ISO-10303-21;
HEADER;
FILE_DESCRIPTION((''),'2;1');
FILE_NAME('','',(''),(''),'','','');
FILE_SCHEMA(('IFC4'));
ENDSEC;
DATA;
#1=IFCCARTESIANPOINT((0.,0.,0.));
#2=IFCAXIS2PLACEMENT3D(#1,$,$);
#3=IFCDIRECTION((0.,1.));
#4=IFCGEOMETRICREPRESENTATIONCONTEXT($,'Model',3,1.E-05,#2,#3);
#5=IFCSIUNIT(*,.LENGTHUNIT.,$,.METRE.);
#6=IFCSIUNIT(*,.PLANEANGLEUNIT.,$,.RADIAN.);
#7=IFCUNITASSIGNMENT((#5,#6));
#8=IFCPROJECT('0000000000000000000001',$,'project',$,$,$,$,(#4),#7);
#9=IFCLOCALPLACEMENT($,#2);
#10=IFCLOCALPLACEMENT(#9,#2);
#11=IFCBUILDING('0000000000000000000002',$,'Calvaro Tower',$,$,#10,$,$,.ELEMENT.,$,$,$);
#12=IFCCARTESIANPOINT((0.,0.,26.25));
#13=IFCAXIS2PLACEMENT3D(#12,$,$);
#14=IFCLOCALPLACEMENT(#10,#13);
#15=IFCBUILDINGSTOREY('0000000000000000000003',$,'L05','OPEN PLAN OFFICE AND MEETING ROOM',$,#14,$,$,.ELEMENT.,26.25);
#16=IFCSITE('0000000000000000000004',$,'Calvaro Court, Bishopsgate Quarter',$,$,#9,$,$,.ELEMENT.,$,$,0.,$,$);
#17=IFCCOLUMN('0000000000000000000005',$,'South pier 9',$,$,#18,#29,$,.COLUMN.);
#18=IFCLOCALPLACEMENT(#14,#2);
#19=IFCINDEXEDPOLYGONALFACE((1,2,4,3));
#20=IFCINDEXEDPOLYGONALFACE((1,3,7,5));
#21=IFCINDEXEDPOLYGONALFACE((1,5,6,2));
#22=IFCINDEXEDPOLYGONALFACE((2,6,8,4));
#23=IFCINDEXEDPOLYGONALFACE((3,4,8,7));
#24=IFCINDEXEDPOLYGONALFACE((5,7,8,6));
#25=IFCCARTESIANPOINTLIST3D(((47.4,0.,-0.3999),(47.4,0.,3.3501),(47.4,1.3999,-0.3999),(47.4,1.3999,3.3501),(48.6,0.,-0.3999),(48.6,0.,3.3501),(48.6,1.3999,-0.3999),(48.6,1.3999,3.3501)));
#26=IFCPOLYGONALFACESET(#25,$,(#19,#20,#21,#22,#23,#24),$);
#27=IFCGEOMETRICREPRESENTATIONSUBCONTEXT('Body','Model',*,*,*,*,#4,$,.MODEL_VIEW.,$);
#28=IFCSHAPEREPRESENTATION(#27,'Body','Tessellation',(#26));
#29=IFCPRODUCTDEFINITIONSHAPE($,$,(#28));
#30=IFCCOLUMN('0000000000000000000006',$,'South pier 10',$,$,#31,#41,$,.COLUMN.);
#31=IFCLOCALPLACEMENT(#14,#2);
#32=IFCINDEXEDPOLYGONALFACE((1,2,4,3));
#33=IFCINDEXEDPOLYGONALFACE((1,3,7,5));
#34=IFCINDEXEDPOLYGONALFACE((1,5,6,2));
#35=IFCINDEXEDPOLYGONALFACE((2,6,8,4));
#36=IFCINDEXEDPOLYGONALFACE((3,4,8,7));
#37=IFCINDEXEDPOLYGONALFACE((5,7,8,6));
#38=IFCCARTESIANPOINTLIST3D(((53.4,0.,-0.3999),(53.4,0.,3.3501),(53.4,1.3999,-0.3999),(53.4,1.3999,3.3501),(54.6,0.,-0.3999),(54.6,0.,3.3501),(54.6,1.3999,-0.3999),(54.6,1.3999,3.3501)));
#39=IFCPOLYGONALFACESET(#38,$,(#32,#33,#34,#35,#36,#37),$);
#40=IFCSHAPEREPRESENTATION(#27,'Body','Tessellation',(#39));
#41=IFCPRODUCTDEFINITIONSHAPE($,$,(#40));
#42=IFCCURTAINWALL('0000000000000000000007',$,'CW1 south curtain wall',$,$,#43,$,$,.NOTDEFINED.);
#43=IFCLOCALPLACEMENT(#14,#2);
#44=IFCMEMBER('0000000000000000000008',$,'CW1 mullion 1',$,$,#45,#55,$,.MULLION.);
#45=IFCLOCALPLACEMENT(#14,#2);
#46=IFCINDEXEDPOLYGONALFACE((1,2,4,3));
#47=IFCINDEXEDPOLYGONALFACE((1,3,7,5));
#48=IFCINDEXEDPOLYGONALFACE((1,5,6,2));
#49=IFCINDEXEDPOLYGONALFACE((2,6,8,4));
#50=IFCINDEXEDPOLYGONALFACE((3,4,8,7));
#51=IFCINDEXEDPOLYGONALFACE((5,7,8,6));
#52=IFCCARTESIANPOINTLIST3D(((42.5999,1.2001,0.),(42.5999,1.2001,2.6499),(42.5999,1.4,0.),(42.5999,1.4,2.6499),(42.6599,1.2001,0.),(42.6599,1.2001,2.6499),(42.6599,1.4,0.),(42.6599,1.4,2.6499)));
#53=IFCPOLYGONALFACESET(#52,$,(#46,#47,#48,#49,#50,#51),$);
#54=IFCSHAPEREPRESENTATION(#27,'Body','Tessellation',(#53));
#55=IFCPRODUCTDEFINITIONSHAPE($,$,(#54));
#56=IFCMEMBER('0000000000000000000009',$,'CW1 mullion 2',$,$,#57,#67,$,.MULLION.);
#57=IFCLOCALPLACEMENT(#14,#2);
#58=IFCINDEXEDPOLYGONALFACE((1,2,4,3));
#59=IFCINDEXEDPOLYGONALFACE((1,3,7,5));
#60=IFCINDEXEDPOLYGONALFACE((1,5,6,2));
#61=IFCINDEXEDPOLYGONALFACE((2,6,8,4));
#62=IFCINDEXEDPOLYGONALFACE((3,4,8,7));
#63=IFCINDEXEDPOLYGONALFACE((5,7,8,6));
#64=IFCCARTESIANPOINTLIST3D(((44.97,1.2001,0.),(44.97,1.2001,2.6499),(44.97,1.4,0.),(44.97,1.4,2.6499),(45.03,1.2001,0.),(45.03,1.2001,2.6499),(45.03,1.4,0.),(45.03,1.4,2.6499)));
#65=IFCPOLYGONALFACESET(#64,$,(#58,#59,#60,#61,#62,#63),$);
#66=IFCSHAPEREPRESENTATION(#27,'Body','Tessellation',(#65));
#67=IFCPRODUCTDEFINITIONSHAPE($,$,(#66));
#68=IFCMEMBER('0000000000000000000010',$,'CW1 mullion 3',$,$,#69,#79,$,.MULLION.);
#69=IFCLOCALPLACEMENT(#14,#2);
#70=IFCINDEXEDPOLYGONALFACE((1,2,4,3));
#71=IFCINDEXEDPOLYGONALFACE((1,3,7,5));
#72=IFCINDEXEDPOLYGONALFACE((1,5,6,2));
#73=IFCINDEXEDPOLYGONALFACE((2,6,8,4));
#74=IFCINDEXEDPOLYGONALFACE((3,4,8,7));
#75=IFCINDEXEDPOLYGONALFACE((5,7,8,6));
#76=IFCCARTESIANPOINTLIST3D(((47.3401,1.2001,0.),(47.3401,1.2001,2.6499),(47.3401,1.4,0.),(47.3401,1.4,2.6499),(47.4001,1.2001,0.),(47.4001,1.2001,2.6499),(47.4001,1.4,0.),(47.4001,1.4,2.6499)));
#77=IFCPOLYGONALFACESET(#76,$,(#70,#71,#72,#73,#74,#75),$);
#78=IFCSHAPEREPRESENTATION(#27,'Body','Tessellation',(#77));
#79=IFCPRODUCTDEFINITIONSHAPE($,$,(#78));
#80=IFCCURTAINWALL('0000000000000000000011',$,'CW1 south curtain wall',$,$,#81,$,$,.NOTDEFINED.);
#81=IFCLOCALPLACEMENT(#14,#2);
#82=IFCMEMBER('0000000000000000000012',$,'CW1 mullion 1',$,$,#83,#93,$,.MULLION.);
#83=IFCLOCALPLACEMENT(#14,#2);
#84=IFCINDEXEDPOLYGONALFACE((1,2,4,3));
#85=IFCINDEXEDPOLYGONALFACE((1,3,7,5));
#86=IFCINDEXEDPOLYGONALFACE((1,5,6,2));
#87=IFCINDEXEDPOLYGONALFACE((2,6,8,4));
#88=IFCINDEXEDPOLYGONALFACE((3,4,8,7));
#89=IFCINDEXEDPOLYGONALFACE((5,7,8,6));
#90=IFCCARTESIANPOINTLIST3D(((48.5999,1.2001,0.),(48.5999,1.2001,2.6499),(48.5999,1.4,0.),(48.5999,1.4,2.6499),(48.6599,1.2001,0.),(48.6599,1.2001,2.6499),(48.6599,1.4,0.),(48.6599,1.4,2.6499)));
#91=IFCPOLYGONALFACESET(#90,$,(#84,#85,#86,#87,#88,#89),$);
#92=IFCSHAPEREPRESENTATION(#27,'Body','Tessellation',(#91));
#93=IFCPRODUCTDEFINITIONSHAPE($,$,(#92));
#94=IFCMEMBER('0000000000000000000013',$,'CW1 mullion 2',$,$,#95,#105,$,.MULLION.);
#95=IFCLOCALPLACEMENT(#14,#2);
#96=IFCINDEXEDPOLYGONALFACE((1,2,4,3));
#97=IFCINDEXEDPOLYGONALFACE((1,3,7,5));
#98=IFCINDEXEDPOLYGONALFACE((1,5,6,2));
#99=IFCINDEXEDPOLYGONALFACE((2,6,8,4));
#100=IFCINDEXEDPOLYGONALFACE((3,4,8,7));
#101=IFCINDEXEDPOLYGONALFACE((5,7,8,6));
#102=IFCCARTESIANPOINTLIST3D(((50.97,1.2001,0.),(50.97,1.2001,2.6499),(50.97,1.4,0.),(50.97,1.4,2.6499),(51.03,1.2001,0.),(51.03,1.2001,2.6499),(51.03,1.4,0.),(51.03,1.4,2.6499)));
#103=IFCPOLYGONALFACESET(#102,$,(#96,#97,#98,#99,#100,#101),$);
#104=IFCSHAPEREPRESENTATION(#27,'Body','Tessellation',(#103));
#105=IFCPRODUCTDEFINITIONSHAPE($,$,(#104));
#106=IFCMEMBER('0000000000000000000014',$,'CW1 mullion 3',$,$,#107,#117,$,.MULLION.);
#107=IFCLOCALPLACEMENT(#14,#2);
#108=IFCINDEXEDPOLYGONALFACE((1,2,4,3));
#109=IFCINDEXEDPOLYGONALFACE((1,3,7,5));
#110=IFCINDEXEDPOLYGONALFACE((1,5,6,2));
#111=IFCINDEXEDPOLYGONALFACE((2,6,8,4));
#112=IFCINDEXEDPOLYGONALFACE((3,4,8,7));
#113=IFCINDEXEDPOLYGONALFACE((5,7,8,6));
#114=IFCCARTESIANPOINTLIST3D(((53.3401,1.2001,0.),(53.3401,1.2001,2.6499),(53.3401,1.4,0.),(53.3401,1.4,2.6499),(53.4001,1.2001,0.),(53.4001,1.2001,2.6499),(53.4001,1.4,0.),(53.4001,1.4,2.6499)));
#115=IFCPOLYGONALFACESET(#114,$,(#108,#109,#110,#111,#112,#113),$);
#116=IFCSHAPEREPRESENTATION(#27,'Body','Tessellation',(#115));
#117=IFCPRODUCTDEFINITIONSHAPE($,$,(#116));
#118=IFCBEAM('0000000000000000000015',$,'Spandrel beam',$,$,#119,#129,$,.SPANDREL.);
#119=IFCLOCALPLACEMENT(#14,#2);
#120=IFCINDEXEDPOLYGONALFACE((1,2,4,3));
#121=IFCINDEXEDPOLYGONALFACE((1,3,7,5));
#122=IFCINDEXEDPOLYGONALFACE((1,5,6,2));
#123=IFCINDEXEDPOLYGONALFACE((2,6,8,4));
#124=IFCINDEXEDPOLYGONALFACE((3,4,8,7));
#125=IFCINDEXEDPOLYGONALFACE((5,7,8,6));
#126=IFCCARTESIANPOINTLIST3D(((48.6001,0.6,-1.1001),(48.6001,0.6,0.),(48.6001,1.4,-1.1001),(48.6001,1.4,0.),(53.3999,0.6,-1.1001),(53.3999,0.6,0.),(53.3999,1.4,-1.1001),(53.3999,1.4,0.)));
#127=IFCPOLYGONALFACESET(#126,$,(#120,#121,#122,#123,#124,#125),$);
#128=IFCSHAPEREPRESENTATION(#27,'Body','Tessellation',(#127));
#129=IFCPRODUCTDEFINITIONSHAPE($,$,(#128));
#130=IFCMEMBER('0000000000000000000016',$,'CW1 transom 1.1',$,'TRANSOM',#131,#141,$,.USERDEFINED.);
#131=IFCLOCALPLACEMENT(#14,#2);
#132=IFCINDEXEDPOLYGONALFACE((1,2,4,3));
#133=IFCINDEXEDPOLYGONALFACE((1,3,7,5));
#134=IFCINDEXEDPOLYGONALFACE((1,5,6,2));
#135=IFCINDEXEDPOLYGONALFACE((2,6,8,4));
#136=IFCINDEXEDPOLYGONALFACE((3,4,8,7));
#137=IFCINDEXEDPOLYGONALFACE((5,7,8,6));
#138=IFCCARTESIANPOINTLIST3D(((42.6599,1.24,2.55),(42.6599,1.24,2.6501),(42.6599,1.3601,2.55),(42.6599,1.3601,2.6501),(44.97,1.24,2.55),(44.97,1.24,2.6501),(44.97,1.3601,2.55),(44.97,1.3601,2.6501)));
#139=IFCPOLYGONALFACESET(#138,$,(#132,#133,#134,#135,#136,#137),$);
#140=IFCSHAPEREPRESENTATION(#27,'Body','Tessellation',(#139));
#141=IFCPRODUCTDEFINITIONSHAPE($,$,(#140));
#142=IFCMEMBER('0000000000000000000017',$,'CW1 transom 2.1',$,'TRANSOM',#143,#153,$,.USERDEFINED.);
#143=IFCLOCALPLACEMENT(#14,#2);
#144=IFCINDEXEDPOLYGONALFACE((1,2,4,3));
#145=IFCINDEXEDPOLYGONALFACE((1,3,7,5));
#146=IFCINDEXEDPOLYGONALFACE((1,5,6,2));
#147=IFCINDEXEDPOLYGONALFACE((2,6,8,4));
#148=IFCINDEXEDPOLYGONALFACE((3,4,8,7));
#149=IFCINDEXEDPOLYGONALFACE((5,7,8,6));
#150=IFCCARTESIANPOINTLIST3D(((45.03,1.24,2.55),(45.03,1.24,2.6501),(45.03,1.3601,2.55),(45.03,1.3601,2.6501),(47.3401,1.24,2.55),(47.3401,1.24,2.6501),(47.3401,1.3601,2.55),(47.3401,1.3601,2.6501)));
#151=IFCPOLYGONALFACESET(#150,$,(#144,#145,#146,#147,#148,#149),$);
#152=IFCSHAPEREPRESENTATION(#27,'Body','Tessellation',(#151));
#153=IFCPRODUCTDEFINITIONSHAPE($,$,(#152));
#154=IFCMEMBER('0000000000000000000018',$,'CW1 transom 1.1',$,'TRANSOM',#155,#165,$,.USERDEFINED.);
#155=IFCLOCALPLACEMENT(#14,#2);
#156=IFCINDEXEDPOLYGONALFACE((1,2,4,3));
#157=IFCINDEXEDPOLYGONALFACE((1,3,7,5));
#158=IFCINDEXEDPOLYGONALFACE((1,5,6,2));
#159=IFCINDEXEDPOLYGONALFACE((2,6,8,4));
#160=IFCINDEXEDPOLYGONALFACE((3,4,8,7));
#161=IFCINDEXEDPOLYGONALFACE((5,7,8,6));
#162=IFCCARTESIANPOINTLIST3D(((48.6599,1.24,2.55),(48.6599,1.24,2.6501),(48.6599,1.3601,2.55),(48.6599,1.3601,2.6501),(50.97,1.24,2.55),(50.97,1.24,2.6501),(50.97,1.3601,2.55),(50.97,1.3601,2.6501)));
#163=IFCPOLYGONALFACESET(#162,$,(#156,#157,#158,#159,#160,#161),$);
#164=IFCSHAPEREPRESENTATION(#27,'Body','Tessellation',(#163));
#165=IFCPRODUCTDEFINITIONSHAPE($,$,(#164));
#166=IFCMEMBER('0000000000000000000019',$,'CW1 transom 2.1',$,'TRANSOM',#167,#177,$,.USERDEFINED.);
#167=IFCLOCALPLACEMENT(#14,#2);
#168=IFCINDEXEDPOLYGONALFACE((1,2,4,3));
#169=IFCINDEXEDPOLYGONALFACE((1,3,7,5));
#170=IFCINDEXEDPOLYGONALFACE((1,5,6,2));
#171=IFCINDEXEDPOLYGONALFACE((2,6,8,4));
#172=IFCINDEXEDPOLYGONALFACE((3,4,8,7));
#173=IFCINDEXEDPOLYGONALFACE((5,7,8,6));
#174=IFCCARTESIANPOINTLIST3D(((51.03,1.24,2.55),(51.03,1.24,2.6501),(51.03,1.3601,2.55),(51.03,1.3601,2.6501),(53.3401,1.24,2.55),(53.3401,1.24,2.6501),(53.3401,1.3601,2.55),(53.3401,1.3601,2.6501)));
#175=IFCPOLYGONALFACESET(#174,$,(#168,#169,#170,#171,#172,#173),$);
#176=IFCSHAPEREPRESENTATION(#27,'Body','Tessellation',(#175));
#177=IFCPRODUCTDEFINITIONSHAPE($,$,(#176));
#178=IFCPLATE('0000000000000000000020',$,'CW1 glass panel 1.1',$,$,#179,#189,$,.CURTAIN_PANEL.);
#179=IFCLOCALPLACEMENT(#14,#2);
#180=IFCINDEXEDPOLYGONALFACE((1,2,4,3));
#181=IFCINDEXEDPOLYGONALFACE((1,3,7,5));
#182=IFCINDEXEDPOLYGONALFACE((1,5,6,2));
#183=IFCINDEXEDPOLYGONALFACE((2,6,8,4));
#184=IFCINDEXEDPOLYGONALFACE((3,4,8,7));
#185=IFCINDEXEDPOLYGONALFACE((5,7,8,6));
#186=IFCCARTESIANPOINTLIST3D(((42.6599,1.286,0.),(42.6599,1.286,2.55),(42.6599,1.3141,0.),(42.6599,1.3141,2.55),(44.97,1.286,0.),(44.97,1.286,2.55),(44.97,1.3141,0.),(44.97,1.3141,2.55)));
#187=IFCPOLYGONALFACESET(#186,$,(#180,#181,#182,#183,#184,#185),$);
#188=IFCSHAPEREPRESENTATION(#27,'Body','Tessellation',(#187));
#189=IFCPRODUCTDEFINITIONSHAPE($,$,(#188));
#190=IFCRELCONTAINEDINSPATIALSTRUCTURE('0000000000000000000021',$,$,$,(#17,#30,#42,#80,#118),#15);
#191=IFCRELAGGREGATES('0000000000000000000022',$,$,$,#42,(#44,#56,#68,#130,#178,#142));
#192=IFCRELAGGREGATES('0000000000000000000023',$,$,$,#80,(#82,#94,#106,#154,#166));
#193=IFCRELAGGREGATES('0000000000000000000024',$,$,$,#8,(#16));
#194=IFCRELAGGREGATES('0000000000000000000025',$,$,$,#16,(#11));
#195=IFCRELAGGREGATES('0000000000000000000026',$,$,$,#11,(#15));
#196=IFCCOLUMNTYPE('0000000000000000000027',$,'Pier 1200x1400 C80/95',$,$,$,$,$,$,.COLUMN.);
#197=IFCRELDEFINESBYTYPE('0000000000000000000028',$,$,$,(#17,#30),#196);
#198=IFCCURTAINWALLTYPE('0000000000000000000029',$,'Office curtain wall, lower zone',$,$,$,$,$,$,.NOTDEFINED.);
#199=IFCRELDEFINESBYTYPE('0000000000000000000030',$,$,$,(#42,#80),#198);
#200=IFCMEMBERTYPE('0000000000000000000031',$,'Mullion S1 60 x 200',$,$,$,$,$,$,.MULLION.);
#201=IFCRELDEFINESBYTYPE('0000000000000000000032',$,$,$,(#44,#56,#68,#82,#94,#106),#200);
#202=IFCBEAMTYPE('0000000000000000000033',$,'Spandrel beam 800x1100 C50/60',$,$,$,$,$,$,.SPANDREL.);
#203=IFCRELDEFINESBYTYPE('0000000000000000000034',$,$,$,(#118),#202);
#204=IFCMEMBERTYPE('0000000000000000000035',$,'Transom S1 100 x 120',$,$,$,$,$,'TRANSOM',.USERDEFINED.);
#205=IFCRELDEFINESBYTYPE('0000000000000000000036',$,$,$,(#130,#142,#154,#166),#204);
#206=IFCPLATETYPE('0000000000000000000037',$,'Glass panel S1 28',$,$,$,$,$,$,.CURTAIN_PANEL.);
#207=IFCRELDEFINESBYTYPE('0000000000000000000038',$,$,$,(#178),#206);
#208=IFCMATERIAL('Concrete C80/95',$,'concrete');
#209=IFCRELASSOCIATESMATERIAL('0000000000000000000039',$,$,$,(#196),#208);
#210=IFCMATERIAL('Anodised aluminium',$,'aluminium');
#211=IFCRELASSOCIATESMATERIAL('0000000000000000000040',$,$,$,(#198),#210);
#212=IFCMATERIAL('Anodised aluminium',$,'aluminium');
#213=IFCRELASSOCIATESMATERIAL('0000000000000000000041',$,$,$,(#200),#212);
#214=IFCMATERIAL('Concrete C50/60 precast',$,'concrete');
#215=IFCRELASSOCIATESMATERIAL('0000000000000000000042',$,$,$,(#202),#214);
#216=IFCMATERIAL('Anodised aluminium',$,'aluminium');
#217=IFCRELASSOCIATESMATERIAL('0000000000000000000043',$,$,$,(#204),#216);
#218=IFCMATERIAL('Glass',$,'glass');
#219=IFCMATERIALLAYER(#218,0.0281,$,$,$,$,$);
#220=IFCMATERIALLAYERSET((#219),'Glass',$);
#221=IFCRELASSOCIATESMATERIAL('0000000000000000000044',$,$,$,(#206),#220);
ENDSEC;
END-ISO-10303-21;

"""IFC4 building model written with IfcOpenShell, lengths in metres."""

from ifc_helpers import new_model, si_unit, direction, frame, origin, origin_2d, place, context, subcontext, project, spatial, rectangle, extrude, material, layer, layer_set, material_profile, profile_set, type_object, element, aggregate, save


model = new_model("IFC4")

# Units and contexts
model_context = context("Model", 3, precision=1e-05, world=origin(), true_north=direction((0.0, 1.0)))
body_context = subcontext(model_context, "Body", "Model", "MODEL_VIEW")
ifc_project = project(units=[si_unit("LENGTHUNIT", "METRE"), si_unit("PLANEANGLEUNIT", "RADIAN")], contexts=[model_context])

# Site, building, storey
site_placement = place(None, origin())
site = spatial("IfcSite", under=ifc_project, at=site_placement, Name="Calvaro Court, Bishopsgate Quarter", CompositionType="ELEMENT", RefElevation=0.0)
building_placement = place(site_placement, origin())
building = spatial("IfcBuilding", under=site, at=building_placement, Name="Calvaro Tower", CompositionType="ELEMENT")
storey_placement = place(building_placement, frame((0.0, 0.0, 26.25)))
storey = spatial("IfcBuildingStorey", under=building, at=storey_placement, Name="L05", Description="OPEN PLAN OFFICE AND MEETING ROOM", CompositionType="ELEMENT", Elevation=26.25)

# Columns
ifc_material_1 = material(Name="Concrete C80/95", Category="concrete")
ifc_material_profile_1 = material_profile(ifc_material_1, rectangle(XDim=1.2, YDim=1.3999, at=origin_2d()), Name="RC 1200x1400")
ifc_profile_set_1 = profile_set([ifc_material_profile_1], Name="Concrete C80/95")
column_type = type_object("IfcColumnType", Name="Pier 1200x1400 C80/95", PredefinedType="COLUMN", material=ifc_profile_set_1)
for number, where, z_axis, x_axis, name in (
    (1, (48.0, 0.7, -0.3999), (0.0, 0.0, 1.0), (1.0, 0.0, 0.0), "South pier 9"),
    (2, (54.0, 0.7, -0.3999), (0.0, 0.0, 1.0), (1.0, 0.0, 0.0), "South pier 10"),
):
    element("IfcColumn", number, at=place(storey_placement, frame(where, z_axis=z_axis, x_axis=x_axis)), inside=storey, type_object=column_type, Name=name, PredefinedType="COLUMN", context=body_context, shape_type="SweptSolid", body=[
        extrude(rectangle(XDim=1.2, YDim=1.3999, at=origin_2d()), origin(), (0.0, 0.0, 1.0), 3.75),
    ])

# Curtain walls, members
ifc_material_2 = material(Name="Anodised aluminium", Category="aluminium")
curtain_wall_type = type_object("IfcCurtainWallType", Name="Office curtain wall, lower zone", PredefinedType="NOTDEFINED", material=ifc_material_2)
curtain_wall_1_placement = place(storey_placement, origin())
curtain_wall_1 = element("IfcCurtainWall", 3, at=curtain_wall_1_placement, inside=storey, type_object=curtain_wall_type, Name="CW1 south curtain wall", PredefinedType="NOTDEFINED")
ifc_material_3 = material(Name="Anodised aluminium", Category="aluminium")
ifc_material_profile_2 = material_profile(ifc_material_3, rectangle(XDim=0.2, YDim=0.0601, at=origin_2d()), Name="Mullion S1 60 x 200")
ifc_profile_set_2 = profile_set([ifc_material_profile_2], Name="Anodised aluminium")
member_type_1 = type_object("IfcMemberType", Name="Mullion S1 60 x 200", PredefinedType="MULLION", material=ifc_profile_set_2)
member_1_placement = place(storey_placement, frame((42.6299, 1.3, 0.0), z_axis=(0.0, 0.0, 1.0), x_axis=(0.0, 1.0, 0.0)))
member_1 = element("IfcMember", 4, at=member_1_placement, type_object=member_type_1, Name="CW1 mullion 1", PredefinedType="MULLION", context=body_context, shape_type="SweptSolid", body=[
    extrude(rectangle(XDim=0.2, YDim=0.0601, at=origin_2d()), origin(), (0.0, 0.0, 1.0), 2.6499),
])
member_2_placement = place(storey_placement, frame((45.0, 1.3, 0.0), z_axis=(0.0, 0.0, 1.0), x_axis=(0.0, 1.0, 0.0)))
member_2 = element("IfcMember", 5, at=member_2_placement, type_object=member_type_1, Name="CW1 mullion 2", PredefinedType="MULLION", context=body_context, shape_type="SweptSolid", body=[
    extrude(rectangle(XDim=0.2, YDim=0.0601, at=origin_2d()), origin(), (0.0, 0.0, 1.0), 2.6499),
])
member_3_placement = place(storey_placement, frame((47.3701, 1.3, 0.0), z_axis=(0.0, 0.0, 1.0), x_axis=(0.0, 1.0, 0.0)))
member_3 = element("IfcMember", 6, at=member_3_placement, type_object=member_type_1, Name="CW1 mullion 3", PredefinedType="MULLION", context=body_context, shape_type="SweptSolid", body=[
    extrude(rectangle(XDim=0.2, YDim=0.0601, at=origin_2d()), origin(), (0.0, 0.0, 1.0), 2.6499),
])
curtain_wall_2_placement = place(storey_placement, origin())
curtain_wall_2 = element("IfcCurtainWall", 7, at=curtain_wall_2_placement, inside=storey, type_object=curtain_wall_type, Name="CW1 south curtain wall", PredefinedType="NOTDEFINED")
member_4_placement = place(storey_placement, frame((48.6299, 1.3, 0.0), z_axis=(0.0, 0.0, 1.0), x_axis=(0.0, 1.0, 0.0)))
member_4 = element("IfcMember", 8, at=member_4_placement, type_object=member_type_1, Name="CW1 mullion 1", PredefinedType="MULLION", context=body_context, shape_type="SweptSolid", body=[
    extrude(rectangle(XDim=0.2, YDim=0.0601, at=origin_2d()), origin(), (0.0, 0.0, 1.0), 2.6499),
])
member_5_placement = place(storey_placement, frame((51.0, 1.3, 0.0), z_axis=(0.0, 0.0, 1.0), x_axis=(0.0, 1.0, 0.0)))
member_5 = element("IfcMember", 9, at=member_5_placement, type_object=member_type_1, Name="CW1 mullion 2", PredefinedType="MULLION", context=body_context, shape_type="SweptSolid", body=[
    extrude(rectangle(XDim=0.2, YDim=0.0601, at=origin_2d()), origin(), (0.0, 0.0, 1.0), 2.6499),
])
member_6_placement = place(storey_placement, frame((53.3701, 1.3, 0.0), z_axis=(0.0, 0.0, 1.0), x_axis=(0.0, 1.0, 0.0)))
member_6 = element("IfcMember", 10, at=member_6_placement, type_object=member_type_1, Name="CW1 mullion 3", PredefinedType="MULLION", context=body_context, shape_type="SweptSolid", body=[
    extrude(rectangle(XDim=0.2, YDim=0.0601, at=origin_2d()), origin(), (0.0, 0.0, 1.0), 2.6499),
])

# Beam
ifc_material_4 = material(Name="Concrete C50/60 precast", Category="concrete")
ifc_material_profile_3 = material_profile(ifc_material_4, rectangle(XDim=0.8, YDim=1.1001, at=origin_2d()), Name="RC 800x1100")
ifc_profile_set_3 = profile_set([ifc_material_profile_3], Name="Concrete C50/60 precast")
beam_type = type_object("IfcBeamType", Name="Spandrel beam 800x1100 C50/60", PredefinedType="SPANDREL", material=ifc_profile_set_3)
beam_placement = place(storey_placement, frame((48.6001, 1.0, -0.55), z_axis=(1.0, 0.0, 0.0), x_axis=(0.0, 1.0, 0.0)))
element("IfcBeam", 11, at=beam_placement, inside=storey, type_object=beam_type, Name="Spandrel beam", PredefinedType="SPANDREL", context=body_context, shape_type="SweptSolid", body=[
    extrude(rectangle(XDim=0.8, YDim=1.1001, at=origin_2d()), origin(), (0.0, 0.0, 1.0), 4.7998),
])

# Members
ifc_material_5 = material(Name="Anodised aluminium", Category="aluminium")
ifc_material_profile_4 = material_profile(ifc_material_5, rectangle(XDim=0.1201, YDim=0.1001, at=origin_2d()), Name="Transom S1 100 x 120")
ifc_profile_set_4 = profile_set([ifc_material_profile_4], Name="Anodised aluminium")
member_type_2 = type_object("IfcMemberType", Name="Transom S1 100 x 120", ElementType="TRANSOM", PredefinedType="USERDEFINED", material=ifc_profile_set_4)
member_7_placement = place(storey_placement, frame((42.6599, 1.3, 2.6001), z_axis=(1.0, 0.0, 0.0), x_axis=(0.0, 1.0, 0.0)))
member_7 = element("IfcMember", 12, at=member_7_placement, type_object=member_type_2, Name="CW1 transom 1.1", ObjectType="TRANSOM", PredefinedType="USERDEFINED", context=body_context, shape_type="SweptSolid", body=[
    extrude(rectangle(XDim=0.1201, YDim=0.1001, at=origin_2d()), origin(), (0.0, 0.0, 1.0), 2.3101),
])
member_8_placement = place(storey_placement, frame((45.03, 1.3, 2.6001), z_axis=(1.0, 0.0, 0.0), x_axis=(0.0, 1.0, 0.0)))
member_8 = element("IfcMember", 13, at=member_8_placement, type_object=member_type_2, Name="CW1 transom 2.1", ObjectType="TRANSOM", PredefinedType="USERDEFINED", context=body_context, shape_type="SweptSolid", body=[
    extrude(rectangle(XDim=0.1201, YDim=0.1001, at=origin_2d()), origin(), (0.0, 0.0, 1.0), 2.3101),
])
member_9_placement = place(storey_placement, frame((48.6599, 1.3, 2.6001), z_axis=(1.0, 0.0, 0.0), x_axis=(0.0, 1.0, 0.0)))
member_9 = element("IfcMember", 14, at=member_9_placement, type_object=member_type_2, Name="CW1 transom 1.1", ObjectType="TRANSOM", PredefinedType="USERDEFINED", context=body_context, shape_type="SweptSolid", body=[
    extrude(rectangle(XDim=0.1201, YDim=0.1001, at=origin_2d()), origin(), (0.0, 0.0, 1.0), 2.3101),
])
member_10_placement = place(storey_placement, frame((51.03, 1.3, 2.6001), z_axis=(1.0, 0.0, 0.0), x_axis=(0.0, 1.0, 0.0)))
member_10 = element("IfcMember", 15, at=member_10_placement, type_object=member_type_2, Name="CW1 transom 2.1", ObjectType="TRANSOM", PredefinedType="USERDEFINED", context=body_context, shape_type="SweptSolid", body=[
    extrude(rectangle(XDim=0.1201, YDim=0.1001, at=origin_2d()), origin(), (0.0, 0.0, 1.0), 2.3101),
])

# Plate
ifc_material_6 = material(Name="Glass", Category="glass")
ifc_layer = layer(ifc_material_6, 0.0281)
ifc_layer_set = layer_set([ifc_layer], Name="Glass")
plate_type = type_object("IfcPlateType", Name="Glass panel S1 28", PredefinedType="CURTAIN_PANEL", material=ifc_layer_set)
plate_1_placement = place(storey_placement, frame((43.8149, 1.3, 0.0), z_axis=(0.0, 0.0, 1.0), x_axis=(1.0, 0.0, 0.0)))
plate_1 = element("IfcPlate", 16, at=plate_1_placement, type_object=plate_type, Name="CW1 glass panel 1.1", PredefinedType="CURTAIN_PANEL", context=body_context, shape_type="SweptSolid", body=[
    extrude(rectangle(XDim=2.3101, YDim=0.0281, at=origin_2d()), origin(), (0.0, 0.0, 1.0), 2.55),
])
aggregate(curtain_wall_1, [member_1, member_2, member_3, member_7, plate_1, member_8])
aggregate(curtain_wall_2, [member_4, member_5, member_6, member_9, member_10])

save(model, "model.ifc")
